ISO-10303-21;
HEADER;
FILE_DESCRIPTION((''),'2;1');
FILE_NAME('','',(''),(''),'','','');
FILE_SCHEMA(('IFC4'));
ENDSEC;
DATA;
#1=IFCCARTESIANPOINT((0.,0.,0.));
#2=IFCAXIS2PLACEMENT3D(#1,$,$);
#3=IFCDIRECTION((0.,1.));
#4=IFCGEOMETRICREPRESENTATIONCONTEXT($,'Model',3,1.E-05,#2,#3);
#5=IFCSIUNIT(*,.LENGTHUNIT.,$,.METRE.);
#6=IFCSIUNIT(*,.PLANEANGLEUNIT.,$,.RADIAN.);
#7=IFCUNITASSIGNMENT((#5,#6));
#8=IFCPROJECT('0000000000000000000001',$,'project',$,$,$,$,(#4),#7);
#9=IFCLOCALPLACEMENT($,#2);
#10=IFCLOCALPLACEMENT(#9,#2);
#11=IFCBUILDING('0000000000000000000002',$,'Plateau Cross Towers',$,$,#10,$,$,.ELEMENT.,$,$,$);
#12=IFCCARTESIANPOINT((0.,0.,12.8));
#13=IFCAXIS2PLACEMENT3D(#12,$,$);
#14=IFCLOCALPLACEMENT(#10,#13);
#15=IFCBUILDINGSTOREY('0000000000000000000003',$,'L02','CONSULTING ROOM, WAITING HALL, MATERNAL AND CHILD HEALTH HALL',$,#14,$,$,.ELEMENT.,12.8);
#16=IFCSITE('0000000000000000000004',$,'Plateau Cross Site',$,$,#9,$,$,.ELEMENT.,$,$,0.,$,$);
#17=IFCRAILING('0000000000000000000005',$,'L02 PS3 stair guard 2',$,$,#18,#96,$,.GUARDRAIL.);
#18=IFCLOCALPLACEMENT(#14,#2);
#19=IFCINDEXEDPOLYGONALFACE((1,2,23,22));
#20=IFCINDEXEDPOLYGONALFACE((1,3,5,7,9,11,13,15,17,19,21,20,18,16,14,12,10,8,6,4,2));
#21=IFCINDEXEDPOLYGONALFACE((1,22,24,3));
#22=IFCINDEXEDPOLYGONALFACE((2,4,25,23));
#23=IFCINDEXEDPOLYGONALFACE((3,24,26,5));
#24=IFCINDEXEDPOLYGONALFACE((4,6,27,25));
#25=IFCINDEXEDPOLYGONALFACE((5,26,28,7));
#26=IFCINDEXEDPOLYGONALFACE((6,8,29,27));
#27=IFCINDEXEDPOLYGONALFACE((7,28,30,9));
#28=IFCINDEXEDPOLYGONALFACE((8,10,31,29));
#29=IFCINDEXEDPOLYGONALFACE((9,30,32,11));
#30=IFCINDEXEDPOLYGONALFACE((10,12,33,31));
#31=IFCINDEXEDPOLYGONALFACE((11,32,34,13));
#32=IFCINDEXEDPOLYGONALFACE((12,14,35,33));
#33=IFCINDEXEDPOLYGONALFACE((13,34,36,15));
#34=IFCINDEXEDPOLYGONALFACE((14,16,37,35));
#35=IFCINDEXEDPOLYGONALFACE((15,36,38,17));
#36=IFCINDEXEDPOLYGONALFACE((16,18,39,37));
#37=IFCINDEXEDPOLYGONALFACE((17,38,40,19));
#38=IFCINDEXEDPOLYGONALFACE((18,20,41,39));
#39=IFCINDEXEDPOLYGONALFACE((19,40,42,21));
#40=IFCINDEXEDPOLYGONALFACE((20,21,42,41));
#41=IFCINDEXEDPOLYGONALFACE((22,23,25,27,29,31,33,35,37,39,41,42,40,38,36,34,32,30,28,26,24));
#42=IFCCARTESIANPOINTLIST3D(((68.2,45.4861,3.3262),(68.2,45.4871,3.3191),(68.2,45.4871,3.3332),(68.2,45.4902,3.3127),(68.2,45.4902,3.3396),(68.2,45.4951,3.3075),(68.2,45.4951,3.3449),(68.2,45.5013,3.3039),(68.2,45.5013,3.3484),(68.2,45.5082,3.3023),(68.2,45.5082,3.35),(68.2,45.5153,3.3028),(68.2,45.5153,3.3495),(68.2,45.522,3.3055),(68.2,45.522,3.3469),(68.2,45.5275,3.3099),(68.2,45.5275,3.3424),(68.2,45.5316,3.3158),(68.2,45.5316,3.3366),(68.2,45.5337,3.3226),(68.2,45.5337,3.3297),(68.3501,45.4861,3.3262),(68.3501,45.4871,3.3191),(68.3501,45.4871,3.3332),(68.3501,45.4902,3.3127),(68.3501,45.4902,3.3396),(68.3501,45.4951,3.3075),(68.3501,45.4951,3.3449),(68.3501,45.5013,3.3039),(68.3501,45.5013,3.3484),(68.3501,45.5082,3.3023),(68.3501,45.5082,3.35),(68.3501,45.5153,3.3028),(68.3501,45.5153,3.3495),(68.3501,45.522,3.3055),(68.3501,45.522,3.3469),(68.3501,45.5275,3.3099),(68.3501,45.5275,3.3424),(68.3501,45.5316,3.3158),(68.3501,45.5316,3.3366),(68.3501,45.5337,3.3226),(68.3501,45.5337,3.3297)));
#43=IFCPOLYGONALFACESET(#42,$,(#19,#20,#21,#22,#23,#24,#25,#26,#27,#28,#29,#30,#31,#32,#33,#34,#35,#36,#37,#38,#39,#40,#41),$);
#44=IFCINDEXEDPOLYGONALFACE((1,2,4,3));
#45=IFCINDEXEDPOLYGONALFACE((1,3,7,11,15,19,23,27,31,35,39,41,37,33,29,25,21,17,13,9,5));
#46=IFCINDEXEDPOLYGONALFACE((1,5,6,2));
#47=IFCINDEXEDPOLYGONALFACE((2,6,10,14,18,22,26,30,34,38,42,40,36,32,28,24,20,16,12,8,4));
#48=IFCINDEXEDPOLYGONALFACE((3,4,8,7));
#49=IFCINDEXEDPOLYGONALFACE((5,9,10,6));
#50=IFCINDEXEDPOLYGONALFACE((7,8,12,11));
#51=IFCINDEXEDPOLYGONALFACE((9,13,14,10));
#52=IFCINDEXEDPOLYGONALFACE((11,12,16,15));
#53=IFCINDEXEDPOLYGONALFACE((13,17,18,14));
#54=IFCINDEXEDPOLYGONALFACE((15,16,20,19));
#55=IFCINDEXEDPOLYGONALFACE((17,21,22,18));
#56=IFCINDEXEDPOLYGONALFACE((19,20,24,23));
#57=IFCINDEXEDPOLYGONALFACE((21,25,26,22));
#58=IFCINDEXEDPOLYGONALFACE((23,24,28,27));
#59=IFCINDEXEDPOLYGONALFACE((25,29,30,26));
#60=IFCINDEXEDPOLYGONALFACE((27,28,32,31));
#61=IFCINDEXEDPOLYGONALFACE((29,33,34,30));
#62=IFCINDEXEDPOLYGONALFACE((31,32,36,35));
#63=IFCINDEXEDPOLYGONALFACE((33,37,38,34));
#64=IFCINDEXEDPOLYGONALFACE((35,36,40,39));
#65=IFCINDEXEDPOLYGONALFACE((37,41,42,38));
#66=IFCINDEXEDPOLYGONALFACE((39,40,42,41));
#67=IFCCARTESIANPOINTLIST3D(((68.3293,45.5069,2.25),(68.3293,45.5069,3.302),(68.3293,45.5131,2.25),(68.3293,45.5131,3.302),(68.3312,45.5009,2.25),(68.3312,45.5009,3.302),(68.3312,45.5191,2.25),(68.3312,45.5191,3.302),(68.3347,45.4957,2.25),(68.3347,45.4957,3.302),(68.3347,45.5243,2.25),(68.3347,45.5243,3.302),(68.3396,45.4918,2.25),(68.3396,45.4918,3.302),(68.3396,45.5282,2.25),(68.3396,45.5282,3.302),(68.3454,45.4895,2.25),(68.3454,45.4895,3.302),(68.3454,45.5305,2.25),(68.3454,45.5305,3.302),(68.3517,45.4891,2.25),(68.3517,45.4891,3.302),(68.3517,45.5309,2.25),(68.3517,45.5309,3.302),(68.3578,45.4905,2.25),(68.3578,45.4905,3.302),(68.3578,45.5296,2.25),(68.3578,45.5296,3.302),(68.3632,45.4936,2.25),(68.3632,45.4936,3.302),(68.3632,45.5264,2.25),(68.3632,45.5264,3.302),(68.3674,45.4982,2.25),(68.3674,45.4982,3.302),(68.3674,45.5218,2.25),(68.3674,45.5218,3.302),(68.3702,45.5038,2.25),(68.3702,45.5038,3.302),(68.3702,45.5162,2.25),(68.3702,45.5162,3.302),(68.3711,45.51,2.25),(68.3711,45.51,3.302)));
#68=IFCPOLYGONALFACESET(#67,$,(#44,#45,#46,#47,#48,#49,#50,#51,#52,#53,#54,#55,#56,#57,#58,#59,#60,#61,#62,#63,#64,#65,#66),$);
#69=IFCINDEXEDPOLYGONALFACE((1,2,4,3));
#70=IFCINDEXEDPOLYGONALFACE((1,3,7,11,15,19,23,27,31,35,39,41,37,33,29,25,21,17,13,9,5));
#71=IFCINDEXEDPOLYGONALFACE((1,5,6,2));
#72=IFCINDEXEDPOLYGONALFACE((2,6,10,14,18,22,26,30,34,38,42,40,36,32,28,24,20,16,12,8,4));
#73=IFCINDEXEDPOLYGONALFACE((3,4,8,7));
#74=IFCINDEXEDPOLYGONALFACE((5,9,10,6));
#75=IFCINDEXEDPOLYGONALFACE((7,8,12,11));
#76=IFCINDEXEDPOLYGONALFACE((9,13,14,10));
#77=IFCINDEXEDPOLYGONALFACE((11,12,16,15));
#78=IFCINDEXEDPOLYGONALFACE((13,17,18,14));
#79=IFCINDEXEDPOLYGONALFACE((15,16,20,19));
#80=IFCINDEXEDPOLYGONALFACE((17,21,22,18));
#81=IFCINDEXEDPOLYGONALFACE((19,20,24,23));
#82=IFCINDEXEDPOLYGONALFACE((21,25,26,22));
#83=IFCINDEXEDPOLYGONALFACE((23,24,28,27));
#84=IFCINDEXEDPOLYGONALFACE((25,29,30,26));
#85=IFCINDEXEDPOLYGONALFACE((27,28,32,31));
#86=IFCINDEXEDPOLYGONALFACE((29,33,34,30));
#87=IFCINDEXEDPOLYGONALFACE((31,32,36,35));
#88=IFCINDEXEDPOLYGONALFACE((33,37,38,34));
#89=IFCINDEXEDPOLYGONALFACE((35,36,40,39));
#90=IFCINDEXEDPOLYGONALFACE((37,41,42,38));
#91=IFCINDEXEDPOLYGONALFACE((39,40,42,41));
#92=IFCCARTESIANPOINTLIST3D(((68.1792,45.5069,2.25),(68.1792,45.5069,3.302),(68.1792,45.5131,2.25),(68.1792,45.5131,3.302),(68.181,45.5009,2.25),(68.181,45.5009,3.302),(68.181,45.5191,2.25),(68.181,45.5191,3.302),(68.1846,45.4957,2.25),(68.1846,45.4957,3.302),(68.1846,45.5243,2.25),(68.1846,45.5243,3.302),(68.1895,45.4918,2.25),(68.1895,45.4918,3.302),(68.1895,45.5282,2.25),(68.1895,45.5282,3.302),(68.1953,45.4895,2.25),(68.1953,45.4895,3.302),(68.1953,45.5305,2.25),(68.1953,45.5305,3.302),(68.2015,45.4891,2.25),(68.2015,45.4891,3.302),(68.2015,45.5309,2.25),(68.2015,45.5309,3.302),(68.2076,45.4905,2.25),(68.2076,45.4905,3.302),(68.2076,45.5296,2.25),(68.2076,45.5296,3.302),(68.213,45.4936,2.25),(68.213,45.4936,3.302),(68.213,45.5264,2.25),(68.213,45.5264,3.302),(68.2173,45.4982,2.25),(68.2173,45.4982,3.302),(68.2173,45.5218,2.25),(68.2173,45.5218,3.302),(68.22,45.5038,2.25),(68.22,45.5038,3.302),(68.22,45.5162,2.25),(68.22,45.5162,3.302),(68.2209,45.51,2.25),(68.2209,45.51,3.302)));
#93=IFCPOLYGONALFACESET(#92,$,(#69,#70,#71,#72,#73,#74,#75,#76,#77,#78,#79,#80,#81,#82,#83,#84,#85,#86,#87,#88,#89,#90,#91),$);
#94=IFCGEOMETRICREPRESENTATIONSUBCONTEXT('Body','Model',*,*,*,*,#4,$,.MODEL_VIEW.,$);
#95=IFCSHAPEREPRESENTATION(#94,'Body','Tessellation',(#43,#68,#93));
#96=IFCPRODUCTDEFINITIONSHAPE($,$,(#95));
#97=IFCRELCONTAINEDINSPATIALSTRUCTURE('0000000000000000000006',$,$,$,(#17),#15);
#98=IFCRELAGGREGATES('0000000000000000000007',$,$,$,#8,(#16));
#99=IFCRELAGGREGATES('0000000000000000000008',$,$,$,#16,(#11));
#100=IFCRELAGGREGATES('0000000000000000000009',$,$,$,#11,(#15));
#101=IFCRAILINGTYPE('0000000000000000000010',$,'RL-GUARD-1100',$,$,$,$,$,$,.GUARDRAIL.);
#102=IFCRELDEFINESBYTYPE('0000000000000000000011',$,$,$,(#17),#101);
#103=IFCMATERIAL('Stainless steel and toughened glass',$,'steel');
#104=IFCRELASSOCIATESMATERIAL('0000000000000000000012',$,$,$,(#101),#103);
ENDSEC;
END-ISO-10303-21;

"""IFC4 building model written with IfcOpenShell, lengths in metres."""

from ifc_helpers import new_model, si_unit, direction, frame, origin, origin_2d, place, context, subcontext, project, spatial, circle, extrude, material, type_object, element, save


model = new_model("IFC4")

# Units and contexts
model_context = context("Model", 3, precision=1e-05, world=origin(), true_north=direction((0.0, 1.0)))
body_context = subcontext(model_context, "Body", "Model", "MODEL_VIEW")
ifc_project = project(units=[si_unit("LENGTHUNIT", "METRE"), si_unit("PLANEANGLEUNIT", "RADIAN")], contexts=[model_context])

# Site, building, storey
site_placement = place(None, origin())
site = spatial("IfcSite", under=ifc_project, at=site_placement, Name="Plateau Cross Site", CompositionType="ELEMENT", RefElevation=0.0)
building_placement = place(site_placement, origin())
building = spatial("IfcBuilding", under=site, at=building_placement, Name="Plateau Cross Towers", CompositionType="ELEMENT")
storey_placement = place(building_placement, frame((0.0, 0.0, 12.8)))
storey = spatial("IfcBuildingStorey", under=building, at=storey_placement, Name="L02", Description="CONSULTING ROOM, WAITING HALL, MATERNAL AND CHILD HEALTH HALL", CompositionType="ELEMENT", Elevation=12.8)

# Railing
ifc_material_1 = material(Name="Stainless steel and toughened glass", Category="steel")
railing_type_1 = type_object("IfcRailingType", Name="RL-GUARD-1100", PredefinedType="GUARDRAIL", material=ifc_material_1)
railing_1_placement = place(storey_placement, frame((68.3501, 45.51, 2.25)))
element("IfcRailing", 1, at=railing_1_placement, inside=storey, type_object=railing_type_1, Name="L02 PS3 stair guard 2", PredefinedType="GUARDRAIL", context=body_context, shape_type="SweptSolid", body=[
    extrude(circle(Radius=0.0239, at=origin_2d()), frame((0.0, 0.0, 1.0762), z_axis=(-1.0, 0.0, 0.0), x_axis=(0.0, -1.0, 0.0)), (0.0, 0.0, 1.0), 0.1501),
    extrude(circle(Radius=0.021, at=origin_2d()), origin(), (0.0, 0.0, 1.0), 1.052),
    extrude(circle(Radius=0.021, at=origin_2d()), frame((-0.1501, 0.0, 0.0)), (0.0, 0.0, 1.0), 1.052),
])

save(model, "model.ifc")
